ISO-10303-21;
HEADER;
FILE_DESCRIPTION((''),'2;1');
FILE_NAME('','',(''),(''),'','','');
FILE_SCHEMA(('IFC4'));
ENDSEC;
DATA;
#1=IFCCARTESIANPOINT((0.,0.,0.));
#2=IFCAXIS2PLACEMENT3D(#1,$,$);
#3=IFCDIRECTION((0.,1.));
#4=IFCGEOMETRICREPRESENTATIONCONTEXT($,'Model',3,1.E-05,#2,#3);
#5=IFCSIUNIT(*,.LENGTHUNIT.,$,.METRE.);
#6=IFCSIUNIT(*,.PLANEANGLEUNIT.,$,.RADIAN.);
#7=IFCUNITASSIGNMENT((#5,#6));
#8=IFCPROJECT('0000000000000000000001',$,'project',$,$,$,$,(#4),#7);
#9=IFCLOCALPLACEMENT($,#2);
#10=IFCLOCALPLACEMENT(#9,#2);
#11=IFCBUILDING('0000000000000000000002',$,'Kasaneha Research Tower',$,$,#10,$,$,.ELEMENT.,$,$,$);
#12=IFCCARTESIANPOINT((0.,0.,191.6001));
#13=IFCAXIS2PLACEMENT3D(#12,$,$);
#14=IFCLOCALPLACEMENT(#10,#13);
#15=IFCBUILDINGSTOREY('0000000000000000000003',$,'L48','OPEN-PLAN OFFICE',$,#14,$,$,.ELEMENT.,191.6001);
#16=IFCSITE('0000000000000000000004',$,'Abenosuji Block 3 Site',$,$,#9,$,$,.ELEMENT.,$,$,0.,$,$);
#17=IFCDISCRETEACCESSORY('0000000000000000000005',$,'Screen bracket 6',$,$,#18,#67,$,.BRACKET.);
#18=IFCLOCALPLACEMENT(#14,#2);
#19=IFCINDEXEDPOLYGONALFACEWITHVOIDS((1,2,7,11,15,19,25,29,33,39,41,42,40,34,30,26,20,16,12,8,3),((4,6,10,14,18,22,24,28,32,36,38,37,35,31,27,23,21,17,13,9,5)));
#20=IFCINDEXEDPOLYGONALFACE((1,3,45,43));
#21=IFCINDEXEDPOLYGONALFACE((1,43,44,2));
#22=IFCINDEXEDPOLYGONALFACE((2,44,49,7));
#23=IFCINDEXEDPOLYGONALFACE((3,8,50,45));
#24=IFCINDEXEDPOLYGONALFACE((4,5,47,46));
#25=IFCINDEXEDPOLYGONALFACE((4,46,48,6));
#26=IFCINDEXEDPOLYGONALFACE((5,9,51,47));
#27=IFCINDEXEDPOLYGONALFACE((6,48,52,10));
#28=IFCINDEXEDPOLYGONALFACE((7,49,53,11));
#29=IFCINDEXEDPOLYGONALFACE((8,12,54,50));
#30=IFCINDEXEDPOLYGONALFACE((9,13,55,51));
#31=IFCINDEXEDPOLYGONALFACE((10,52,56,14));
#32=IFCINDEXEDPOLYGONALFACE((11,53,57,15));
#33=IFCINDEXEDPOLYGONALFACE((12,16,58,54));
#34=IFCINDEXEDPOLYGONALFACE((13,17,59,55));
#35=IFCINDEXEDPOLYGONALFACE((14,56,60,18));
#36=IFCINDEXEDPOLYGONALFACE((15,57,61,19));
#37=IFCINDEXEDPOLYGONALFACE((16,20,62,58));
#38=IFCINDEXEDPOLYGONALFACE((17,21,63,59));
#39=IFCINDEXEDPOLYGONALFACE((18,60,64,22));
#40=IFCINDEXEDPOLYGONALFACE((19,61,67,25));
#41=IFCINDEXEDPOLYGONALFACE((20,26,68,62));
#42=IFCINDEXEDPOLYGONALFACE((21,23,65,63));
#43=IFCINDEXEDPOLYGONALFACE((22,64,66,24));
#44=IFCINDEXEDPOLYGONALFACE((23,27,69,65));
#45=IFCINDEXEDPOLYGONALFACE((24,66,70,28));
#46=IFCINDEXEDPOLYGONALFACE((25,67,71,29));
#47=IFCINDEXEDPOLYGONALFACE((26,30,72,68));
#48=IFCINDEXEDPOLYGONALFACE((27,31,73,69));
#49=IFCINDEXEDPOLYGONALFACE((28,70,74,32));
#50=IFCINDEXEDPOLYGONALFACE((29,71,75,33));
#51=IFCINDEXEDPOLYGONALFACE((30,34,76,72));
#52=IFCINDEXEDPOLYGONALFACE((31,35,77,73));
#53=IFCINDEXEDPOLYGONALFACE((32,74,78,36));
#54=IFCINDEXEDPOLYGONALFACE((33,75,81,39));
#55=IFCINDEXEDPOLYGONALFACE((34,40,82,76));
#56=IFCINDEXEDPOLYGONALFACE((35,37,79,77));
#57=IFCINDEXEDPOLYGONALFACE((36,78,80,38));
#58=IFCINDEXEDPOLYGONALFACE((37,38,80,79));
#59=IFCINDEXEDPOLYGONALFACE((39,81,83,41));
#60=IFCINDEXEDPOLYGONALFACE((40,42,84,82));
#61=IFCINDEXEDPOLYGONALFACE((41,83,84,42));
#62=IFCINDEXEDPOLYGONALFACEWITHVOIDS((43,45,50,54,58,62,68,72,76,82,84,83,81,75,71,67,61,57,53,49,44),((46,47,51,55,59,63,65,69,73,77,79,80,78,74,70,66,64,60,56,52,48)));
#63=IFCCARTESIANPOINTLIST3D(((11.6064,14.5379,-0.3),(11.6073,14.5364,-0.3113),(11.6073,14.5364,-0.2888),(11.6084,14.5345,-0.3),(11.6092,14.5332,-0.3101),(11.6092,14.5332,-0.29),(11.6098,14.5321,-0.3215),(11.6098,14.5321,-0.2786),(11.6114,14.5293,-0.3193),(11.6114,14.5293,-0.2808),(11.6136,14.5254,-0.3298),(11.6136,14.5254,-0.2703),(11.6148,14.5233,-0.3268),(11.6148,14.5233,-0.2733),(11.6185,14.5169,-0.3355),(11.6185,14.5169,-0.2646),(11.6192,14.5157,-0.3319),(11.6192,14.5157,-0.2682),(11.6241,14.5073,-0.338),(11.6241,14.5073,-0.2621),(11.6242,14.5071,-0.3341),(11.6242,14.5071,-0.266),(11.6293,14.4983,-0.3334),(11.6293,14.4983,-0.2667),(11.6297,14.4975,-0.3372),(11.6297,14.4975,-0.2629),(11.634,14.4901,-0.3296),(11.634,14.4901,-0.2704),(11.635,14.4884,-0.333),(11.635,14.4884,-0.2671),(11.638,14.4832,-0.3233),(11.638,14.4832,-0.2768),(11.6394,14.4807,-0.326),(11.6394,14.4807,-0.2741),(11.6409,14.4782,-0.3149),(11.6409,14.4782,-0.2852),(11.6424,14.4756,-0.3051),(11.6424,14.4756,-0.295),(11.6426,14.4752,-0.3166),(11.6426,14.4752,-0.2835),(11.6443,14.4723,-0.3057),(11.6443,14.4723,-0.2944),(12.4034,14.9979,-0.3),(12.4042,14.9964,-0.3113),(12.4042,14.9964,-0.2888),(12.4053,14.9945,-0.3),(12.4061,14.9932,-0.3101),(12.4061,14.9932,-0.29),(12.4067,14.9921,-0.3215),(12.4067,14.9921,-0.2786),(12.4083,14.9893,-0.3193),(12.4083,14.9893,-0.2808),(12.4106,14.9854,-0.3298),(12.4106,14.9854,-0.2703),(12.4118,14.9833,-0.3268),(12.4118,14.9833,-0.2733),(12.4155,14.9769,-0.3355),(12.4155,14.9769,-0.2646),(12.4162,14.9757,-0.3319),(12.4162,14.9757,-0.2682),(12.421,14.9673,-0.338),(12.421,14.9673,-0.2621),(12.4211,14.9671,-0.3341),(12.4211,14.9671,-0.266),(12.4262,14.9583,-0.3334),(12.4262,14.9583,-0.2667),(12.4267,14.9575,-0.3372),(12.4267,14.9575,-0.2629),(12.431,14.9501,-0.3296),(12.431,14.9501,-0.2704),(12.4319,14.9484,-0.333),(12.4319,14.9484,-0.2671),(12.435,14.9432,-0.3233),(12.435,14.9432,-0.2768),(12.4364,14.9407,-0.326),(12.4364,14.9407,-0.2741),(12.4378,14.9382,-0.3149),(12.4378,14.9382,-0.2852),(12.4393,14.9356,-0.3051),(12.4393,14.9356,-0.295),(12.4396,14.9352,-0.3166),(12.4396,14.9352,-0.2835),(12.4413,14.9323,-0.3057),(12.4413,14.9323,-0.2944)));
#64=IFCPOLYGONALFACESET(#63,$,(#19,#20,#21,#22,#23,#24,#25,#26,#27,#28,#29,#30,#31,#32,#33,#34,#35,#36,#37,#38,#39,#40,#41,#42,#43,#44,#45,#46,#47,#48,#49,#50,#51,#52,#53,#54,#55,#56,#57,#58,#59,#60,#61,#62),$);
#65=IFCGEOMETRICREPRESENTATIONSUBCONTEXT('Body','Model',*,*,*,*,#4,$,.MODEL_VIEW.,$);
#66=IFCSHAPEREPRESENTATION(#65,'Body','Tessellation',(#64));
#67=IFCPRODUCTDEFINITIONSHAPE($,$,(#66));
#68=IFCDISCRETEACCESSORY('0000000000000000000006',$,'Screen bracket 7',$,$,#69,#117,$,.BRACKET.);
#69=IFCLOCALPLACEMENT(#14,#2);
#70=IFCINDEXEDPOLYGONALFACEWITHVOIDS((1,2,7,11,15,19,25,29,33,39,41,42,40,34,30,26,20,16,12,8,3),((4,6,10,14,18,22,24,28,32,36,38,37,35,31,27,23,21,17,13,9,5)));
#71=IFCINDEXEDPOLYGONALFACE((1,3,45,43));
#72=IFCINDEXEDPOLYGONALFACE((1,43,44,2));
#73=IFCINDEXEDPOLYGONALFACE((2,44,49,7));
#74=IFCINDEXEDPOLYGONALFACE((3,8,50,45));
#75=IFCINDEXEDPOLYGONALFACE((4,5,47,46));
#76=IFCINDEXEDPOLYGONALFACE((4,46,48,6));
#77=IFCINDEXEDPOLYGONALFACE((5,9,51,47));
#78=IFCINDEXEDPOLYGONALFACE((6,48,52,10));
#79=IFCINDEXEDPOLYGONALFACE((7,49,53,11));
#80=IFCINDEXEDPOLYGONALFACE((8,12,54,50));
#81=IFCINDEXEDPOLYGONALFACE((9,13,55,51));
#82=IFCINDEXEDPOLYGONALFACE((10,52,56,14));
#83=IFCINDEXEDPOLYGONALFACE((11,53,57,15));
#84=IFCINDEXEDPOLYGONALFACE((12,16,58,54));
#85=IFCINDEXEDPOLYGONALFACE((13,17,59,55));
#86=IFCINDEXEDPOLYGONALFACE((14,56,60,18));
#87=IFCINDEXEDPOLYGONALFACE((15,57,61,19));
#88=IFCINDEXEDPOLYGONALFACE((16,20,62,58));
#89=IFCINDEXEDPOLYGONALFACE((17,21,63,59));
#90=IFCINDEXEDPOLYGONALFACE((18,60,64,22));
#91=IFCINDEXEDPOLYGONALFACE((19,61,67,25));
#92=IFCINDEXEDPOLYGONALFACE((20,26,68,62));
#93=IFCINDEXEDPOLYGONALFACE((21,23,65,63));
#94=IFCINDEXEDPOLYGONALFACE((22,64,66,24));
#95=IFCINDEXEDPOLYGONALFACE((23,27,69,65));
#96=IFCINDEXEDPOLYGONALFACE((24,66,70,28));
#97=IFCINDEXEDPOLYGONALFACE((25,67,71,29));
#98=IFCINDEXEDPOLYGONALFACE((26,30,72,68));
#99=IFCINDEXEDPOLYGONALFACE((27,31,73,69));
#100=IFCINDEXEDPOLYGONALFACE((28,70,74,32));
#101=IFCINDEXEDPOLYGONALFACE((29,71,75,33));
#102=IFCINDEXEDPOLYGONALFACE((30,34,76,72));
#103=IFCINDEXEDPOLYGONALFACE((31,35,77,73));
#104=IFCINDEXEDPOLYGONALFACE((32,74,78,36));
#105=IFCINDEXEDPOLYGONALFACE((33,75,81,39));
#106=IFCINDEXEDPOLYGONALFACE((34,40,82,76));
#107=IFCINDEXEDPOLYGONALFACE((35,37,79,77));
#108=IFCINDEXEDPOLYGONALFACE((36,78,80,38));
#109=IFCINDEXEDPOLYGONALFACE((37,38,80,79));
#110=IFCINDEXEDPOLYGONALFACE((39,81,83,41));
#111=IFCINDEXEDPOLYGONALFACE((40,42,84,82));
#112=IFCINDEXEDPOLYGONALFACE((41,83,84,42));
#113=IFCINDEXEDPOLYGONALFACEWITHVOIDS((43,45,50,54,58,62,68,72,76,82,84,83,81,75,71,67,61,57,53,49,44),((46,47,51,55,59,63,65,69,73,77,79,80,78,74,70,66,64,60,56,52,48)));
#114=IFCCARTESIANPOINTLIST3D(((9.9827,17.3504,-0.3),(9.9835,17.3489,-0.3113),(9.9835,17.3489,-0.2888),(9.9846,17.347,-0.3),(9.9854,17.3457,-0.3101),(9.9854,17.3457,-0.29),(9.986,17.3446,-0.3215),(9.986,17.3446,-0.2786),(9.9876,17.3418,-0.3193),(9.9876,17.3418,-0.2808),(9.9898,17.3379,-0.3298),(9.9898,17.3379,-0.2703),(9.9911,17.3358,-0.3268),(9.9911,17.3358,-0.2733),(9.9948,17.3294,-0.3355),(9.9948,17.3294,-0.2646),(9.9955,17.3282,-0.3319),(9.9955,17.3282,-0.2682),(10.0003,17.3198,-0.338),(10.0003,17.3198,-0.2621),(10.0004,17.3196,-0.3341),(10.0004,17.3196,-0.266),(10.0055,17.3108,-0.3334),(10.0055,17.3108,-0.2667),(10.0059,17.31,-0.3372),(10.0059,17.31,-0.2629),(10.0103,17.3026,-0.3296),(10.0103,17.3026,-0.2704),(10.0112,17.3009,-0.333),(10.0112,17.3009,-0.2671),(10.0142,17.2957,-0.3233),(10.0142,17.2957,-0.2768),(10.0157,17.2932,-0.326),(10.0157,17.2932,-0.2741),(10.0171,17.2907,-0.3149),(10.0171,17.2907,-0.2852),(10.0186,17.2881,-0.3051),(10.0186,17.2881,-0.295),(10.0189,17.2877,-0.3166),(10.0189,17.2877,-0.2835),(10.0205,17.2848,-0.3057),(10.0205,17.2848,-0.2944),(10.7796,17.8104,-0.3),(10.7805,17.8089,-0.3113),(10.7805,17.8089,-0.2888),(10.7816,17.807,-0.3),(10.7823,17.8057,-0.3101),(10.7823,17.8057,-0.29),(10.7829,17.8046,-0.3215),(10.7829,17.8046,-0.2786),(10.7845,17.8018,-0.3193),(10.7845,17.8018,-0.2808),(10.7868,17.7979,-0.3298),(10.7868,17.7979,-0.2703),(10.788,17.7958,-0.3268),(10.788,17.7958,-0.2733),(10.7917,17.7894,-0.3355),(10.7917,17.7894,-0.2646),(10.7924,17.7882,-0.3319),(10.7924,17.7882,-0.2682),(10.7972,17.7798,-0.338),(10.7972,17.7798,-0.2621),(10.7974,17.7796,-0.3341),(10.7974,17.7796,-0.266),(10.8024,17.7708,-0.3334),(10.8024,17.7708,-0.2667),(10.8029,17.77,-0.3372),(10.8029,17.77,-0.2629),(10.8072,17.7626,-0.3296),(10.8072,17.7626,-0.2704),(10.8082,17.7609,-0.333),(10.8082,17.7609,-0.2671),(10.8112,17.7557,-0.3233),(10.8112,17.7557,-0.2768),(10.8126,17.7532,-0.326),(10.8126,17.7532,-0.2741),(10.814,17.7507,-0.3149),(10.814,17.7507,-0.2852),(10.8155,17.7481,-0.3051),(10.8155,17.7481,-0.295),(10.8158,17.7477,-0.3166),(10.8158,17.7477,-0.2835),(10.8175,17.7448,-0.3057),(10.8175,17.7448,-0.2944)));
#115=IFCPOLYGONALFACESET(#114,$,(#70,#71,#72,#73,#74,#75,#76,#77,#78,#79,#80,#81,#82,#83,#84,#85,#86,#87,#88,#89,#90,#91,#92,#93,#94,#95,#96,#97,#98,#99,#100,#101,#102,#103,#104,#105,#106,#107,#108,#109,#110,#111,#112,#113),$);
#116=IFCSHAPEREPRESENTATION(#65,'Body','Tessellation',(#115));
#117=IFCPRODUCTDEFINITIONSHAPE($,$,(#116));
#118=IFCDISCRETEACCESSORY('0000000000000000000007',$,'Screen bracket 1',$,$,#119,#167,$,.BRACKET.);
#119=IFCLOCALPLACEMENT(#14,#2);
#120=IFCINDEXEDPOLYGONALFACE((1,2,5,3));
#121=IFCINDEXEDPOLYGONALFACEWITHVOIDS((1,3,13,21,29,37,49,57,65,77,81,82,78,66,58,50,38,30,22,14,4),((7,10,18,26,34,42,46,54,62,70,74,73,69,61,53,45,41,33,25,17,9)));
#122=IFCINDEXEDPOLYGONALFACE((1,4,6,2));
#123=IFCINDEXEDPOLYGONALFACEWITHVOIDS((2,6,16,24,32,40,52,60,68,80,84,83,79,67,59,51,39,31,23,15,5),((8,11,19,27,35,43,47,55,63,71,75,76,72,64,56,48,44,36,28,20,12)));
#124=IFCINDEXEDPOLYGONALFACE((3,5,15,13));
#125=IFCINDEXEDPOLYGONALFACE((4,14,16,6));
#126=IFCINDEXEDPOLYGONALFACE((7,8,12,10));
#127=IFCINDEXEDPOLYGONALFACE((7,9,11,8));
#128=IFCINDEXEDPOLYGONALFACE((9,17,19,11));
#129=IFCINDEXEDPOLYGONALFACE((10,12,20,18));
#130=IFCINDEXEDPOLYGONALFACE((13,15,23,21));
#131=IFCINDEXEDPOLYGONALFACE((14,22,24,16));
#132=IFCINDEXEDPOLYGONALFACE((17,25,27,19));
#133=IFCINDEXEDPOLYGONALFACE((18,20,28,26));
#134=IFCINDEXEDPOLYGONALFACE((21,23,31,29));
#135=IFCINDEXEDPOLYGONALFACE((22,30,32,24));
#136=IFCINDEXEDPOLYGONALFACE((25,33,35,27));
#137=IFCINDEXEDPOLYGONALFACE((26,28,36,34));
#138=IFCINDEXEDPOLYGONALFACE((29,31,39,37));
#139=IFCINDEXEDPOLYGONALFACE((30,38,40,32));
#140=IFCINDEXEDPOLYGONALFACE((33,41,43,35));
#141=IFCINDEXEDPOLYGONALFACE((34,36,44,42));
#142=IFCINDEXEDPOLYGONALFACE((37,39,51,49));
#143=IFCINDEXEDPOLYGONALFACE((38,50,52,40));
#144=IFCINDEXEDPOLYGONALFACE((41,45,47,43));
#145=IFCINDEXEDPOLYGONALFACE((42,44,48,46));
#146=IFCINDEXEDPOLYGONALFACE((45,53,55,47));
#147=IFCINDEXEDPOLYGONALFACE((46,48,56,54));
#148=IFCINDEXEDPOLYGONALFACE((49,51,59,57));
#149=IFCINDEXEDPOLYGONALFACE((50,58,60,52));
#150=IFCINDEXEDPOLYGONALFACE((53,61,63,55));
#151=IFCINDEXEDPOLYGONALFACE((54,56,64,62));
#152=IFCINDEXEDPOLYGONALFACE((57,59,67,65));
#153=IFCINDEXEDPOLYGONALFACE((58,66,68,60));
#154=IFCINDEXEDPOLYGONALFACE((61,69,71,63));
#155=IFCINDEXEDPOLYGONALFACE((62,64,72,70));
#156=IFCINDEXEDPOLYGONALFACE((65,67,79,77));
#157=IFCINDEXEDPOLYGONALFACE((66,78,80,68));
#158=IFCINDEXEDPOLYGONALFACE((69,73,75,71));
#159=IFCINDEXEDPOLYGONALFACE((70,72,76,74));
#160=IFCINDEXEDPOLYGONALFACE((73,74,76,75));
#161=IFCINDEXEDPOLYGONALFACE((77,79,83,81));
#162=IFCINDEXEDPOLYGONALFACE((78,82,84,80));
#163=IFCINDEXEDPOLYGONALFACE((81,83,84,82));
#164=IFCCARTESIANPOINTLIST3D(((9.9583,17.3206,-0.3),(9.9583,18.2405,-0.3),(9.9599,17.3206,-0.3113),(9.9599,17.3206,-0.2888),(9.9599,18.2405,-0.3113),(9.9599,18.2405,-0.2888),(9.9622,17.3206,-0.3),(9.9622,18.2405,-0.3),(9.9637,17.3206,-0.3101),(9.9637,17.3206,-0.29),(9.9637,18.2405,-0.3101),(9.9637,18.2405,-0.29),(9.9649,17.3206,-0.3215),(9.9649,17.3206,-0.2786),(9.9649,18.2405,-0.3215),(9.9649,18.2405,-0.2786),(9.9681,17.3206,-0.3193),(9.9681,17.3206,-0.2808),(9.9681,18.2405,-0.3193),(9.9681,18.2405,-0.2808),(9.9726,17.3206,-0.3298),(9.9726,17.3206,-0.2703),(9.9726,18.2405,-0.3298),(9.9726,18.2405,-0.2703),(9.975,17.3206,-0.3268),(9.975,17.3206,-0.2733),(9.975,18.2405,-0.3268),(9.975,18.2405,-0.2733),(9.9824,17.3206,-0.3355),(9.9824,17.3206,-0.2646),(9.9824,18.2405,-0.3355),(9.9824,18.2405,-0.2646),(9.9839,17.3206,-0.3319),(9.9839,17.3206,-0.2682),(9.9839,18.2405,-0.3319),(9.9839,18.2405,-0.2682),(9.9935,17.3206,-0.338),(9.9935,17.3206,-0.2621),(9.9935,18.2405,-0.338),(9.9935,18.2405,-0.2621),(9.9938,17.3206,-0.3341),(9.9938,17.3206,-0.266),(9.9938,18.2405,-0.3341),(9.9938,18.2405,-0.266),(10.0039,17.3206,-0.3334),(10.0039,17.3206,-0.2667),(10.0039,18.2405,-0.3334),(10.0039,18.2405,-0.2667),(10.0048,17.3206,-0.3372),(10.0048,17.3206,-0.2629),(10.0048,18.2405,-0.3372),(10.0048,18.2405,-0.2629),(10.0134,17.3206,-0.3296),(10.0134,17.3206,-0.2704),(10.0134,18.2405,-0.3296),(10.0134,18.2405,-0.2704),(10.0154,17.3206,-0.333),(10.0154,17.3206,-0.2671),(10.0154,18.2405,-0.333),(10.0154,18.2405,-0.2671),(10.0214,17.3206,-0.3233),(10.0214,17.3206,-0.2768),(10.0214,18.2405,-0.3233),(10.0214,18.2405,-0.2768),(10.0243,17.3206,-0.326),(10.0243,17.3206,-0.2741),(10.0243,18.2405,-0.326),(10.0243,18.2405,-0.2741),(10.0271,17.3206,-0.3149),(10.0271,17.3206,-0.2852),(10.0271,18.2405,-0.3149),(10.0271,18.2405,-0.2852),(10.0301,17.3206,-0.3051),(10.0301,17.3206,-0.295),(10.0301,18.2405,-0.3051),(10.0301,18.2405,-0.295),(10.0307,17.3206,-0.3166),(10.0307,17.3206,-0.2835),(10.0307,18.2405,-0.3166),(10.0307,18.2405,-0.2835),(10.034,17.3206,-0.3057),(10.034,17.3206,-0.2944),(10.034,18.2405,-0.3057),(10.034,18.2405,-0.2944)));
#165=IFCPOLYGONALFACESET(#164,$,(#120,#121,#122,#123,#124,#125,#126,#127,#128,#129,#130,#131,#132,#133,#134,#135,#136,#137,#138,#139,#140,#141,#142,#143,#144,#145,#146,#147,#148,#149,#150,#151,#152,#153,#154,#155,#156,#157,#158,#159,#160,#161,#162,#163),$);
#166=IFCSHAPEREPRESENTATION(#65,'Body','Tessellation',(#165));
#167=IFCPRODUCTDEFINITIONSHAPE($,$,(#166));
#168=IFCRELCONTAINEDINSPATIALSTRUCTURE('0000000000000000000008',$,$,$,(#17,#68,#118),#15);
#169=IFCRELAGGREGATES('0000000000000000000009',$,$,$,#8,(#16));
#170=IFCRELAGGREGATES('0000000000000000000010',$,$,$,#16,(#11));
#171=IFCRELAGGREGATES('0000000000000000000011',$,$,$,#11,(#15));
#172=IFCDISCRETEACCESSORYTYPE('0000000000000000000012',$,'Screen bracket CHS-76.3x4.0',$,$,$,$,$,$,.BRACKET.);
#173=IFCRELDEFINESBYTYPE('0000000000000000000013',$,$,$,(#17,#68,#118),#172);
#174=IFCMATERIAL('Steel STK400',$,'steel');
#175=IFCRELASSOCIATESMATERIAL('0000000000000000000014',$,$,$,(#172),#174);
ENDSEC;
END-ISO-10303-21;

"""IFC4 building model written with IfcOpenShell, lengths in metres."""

from ifc_helpers import new_model, si_unit, direction, frame, origin, origin_2d, place, context, subcontext, project, spatial, hollow_circle, extrude, material, material_profile, profile_set, type_object, element, save


model = new_model("IFC4")

# Units and contexts
model_context = context("Model", 3, precision=1e-05, world=origin(), true_north=direction((0.0, 1.0)))
body_context = subcontext(model_context, "Body", "Model", "MODEL_VIEW")
ifc_project = project(units=[si_unit("LENGTHUNIT", "METRE"), si_unit("PLANEANGLEUNIT", "RADIAN")], contexts=[model_context])

# Site, building, storey
site_placement = place(None, origin())
site = spatial("IfcSite", under=ifc_project, at=site_placement, Name="Abenosuji Block 3 Site", CompositionType="ELEMENT", RefElevation=0.0)
building_placement = place(site_placement, origin())
building = spatial("IfcBuilding", under=site, at=building_placement, Name="Kasaneha Research Tower", CompositionType="ELEMENT")
storey_placement = place(building_placement, frame((0.0, 0.0, 191.6001)))
storey = spatial("IfcBuildingStorey", under=building, at=storey_placement, Name="L48", Description="OPEN-PLAN OFFICE", CompositionType="ELEMENT", Elevation=191.6001)

# Discrete accessories
ifc_material_1 = material(Name="Steel STK400", Category="steel")
ifc_material_profile_1 = material_profile(ifc_material_1, hollow_circle(Radius=0.0381, WallThickness=0.0039, at=origin_2d()), Name="CHS-76.3x4.0")
ifc_profile_set_1 = profile_set([ifc_material_profile_1], Name="Steel STK400")
discrete_accessory_type = type_object("IfcDiscreteAccessoryType", Name="Screen bracket CHS-76.3x4.0", PredefinedType="BRACKET", material=ifc_profile_set_1)
for number, where, z_axis, x_axis, name in (
    (1, (11.6255, 14.5049, -0.3), (0.86608, 0.499906, 0.0), (-0.499906, 0.86608, 0.0), "Screen bracket 6"),
    (2, (10.0017, 17.3174, -0.3), (0.86608, 0.499906, 0.0), (-0.499906, 0.86608, 0.0), "Screen bracket 7"),
):
    element("IfcDiscreteAccessory", number, at=place(storey_placement, frame(where, z_axis=z_axis, x_axis=x_axis)), inside=storey, type_object=discrete_accessory_type, Name=name, PredefinedType="BRACKET", context=body_context, shape_type="SweptSolid", body=[
        extrude(hollow_circle(Radius=0.0381, WallThickness=0.0039, at=origin_2d()), origin(), (0.0, 0.0, 1.0), 0.9202),
    ])
discrete_accessory_placement = place(storey_placement, frame((9.9963, 17.3206, -0.3), z_axis=(0.0, 1.0, 0.0), x_axis=(-1.0, 0.0, 0.0)))
element("IfcDiscreteAccessory", 3, at=discrete_accessory_placement, inside=storey, type_object=discrete_accessory_type, Name="Screen bracket 1", PredefinedType="BRACKET", context=body_context, shape_type="SweptSolid", body=[
    extrude(hollow_circle(Radius=0.0381, WallThickness=0.0039, at=origin_2d()), origin(), (0.0, 0.0, 1.0), 0.9199),
])

save(model, "model.ifc")
